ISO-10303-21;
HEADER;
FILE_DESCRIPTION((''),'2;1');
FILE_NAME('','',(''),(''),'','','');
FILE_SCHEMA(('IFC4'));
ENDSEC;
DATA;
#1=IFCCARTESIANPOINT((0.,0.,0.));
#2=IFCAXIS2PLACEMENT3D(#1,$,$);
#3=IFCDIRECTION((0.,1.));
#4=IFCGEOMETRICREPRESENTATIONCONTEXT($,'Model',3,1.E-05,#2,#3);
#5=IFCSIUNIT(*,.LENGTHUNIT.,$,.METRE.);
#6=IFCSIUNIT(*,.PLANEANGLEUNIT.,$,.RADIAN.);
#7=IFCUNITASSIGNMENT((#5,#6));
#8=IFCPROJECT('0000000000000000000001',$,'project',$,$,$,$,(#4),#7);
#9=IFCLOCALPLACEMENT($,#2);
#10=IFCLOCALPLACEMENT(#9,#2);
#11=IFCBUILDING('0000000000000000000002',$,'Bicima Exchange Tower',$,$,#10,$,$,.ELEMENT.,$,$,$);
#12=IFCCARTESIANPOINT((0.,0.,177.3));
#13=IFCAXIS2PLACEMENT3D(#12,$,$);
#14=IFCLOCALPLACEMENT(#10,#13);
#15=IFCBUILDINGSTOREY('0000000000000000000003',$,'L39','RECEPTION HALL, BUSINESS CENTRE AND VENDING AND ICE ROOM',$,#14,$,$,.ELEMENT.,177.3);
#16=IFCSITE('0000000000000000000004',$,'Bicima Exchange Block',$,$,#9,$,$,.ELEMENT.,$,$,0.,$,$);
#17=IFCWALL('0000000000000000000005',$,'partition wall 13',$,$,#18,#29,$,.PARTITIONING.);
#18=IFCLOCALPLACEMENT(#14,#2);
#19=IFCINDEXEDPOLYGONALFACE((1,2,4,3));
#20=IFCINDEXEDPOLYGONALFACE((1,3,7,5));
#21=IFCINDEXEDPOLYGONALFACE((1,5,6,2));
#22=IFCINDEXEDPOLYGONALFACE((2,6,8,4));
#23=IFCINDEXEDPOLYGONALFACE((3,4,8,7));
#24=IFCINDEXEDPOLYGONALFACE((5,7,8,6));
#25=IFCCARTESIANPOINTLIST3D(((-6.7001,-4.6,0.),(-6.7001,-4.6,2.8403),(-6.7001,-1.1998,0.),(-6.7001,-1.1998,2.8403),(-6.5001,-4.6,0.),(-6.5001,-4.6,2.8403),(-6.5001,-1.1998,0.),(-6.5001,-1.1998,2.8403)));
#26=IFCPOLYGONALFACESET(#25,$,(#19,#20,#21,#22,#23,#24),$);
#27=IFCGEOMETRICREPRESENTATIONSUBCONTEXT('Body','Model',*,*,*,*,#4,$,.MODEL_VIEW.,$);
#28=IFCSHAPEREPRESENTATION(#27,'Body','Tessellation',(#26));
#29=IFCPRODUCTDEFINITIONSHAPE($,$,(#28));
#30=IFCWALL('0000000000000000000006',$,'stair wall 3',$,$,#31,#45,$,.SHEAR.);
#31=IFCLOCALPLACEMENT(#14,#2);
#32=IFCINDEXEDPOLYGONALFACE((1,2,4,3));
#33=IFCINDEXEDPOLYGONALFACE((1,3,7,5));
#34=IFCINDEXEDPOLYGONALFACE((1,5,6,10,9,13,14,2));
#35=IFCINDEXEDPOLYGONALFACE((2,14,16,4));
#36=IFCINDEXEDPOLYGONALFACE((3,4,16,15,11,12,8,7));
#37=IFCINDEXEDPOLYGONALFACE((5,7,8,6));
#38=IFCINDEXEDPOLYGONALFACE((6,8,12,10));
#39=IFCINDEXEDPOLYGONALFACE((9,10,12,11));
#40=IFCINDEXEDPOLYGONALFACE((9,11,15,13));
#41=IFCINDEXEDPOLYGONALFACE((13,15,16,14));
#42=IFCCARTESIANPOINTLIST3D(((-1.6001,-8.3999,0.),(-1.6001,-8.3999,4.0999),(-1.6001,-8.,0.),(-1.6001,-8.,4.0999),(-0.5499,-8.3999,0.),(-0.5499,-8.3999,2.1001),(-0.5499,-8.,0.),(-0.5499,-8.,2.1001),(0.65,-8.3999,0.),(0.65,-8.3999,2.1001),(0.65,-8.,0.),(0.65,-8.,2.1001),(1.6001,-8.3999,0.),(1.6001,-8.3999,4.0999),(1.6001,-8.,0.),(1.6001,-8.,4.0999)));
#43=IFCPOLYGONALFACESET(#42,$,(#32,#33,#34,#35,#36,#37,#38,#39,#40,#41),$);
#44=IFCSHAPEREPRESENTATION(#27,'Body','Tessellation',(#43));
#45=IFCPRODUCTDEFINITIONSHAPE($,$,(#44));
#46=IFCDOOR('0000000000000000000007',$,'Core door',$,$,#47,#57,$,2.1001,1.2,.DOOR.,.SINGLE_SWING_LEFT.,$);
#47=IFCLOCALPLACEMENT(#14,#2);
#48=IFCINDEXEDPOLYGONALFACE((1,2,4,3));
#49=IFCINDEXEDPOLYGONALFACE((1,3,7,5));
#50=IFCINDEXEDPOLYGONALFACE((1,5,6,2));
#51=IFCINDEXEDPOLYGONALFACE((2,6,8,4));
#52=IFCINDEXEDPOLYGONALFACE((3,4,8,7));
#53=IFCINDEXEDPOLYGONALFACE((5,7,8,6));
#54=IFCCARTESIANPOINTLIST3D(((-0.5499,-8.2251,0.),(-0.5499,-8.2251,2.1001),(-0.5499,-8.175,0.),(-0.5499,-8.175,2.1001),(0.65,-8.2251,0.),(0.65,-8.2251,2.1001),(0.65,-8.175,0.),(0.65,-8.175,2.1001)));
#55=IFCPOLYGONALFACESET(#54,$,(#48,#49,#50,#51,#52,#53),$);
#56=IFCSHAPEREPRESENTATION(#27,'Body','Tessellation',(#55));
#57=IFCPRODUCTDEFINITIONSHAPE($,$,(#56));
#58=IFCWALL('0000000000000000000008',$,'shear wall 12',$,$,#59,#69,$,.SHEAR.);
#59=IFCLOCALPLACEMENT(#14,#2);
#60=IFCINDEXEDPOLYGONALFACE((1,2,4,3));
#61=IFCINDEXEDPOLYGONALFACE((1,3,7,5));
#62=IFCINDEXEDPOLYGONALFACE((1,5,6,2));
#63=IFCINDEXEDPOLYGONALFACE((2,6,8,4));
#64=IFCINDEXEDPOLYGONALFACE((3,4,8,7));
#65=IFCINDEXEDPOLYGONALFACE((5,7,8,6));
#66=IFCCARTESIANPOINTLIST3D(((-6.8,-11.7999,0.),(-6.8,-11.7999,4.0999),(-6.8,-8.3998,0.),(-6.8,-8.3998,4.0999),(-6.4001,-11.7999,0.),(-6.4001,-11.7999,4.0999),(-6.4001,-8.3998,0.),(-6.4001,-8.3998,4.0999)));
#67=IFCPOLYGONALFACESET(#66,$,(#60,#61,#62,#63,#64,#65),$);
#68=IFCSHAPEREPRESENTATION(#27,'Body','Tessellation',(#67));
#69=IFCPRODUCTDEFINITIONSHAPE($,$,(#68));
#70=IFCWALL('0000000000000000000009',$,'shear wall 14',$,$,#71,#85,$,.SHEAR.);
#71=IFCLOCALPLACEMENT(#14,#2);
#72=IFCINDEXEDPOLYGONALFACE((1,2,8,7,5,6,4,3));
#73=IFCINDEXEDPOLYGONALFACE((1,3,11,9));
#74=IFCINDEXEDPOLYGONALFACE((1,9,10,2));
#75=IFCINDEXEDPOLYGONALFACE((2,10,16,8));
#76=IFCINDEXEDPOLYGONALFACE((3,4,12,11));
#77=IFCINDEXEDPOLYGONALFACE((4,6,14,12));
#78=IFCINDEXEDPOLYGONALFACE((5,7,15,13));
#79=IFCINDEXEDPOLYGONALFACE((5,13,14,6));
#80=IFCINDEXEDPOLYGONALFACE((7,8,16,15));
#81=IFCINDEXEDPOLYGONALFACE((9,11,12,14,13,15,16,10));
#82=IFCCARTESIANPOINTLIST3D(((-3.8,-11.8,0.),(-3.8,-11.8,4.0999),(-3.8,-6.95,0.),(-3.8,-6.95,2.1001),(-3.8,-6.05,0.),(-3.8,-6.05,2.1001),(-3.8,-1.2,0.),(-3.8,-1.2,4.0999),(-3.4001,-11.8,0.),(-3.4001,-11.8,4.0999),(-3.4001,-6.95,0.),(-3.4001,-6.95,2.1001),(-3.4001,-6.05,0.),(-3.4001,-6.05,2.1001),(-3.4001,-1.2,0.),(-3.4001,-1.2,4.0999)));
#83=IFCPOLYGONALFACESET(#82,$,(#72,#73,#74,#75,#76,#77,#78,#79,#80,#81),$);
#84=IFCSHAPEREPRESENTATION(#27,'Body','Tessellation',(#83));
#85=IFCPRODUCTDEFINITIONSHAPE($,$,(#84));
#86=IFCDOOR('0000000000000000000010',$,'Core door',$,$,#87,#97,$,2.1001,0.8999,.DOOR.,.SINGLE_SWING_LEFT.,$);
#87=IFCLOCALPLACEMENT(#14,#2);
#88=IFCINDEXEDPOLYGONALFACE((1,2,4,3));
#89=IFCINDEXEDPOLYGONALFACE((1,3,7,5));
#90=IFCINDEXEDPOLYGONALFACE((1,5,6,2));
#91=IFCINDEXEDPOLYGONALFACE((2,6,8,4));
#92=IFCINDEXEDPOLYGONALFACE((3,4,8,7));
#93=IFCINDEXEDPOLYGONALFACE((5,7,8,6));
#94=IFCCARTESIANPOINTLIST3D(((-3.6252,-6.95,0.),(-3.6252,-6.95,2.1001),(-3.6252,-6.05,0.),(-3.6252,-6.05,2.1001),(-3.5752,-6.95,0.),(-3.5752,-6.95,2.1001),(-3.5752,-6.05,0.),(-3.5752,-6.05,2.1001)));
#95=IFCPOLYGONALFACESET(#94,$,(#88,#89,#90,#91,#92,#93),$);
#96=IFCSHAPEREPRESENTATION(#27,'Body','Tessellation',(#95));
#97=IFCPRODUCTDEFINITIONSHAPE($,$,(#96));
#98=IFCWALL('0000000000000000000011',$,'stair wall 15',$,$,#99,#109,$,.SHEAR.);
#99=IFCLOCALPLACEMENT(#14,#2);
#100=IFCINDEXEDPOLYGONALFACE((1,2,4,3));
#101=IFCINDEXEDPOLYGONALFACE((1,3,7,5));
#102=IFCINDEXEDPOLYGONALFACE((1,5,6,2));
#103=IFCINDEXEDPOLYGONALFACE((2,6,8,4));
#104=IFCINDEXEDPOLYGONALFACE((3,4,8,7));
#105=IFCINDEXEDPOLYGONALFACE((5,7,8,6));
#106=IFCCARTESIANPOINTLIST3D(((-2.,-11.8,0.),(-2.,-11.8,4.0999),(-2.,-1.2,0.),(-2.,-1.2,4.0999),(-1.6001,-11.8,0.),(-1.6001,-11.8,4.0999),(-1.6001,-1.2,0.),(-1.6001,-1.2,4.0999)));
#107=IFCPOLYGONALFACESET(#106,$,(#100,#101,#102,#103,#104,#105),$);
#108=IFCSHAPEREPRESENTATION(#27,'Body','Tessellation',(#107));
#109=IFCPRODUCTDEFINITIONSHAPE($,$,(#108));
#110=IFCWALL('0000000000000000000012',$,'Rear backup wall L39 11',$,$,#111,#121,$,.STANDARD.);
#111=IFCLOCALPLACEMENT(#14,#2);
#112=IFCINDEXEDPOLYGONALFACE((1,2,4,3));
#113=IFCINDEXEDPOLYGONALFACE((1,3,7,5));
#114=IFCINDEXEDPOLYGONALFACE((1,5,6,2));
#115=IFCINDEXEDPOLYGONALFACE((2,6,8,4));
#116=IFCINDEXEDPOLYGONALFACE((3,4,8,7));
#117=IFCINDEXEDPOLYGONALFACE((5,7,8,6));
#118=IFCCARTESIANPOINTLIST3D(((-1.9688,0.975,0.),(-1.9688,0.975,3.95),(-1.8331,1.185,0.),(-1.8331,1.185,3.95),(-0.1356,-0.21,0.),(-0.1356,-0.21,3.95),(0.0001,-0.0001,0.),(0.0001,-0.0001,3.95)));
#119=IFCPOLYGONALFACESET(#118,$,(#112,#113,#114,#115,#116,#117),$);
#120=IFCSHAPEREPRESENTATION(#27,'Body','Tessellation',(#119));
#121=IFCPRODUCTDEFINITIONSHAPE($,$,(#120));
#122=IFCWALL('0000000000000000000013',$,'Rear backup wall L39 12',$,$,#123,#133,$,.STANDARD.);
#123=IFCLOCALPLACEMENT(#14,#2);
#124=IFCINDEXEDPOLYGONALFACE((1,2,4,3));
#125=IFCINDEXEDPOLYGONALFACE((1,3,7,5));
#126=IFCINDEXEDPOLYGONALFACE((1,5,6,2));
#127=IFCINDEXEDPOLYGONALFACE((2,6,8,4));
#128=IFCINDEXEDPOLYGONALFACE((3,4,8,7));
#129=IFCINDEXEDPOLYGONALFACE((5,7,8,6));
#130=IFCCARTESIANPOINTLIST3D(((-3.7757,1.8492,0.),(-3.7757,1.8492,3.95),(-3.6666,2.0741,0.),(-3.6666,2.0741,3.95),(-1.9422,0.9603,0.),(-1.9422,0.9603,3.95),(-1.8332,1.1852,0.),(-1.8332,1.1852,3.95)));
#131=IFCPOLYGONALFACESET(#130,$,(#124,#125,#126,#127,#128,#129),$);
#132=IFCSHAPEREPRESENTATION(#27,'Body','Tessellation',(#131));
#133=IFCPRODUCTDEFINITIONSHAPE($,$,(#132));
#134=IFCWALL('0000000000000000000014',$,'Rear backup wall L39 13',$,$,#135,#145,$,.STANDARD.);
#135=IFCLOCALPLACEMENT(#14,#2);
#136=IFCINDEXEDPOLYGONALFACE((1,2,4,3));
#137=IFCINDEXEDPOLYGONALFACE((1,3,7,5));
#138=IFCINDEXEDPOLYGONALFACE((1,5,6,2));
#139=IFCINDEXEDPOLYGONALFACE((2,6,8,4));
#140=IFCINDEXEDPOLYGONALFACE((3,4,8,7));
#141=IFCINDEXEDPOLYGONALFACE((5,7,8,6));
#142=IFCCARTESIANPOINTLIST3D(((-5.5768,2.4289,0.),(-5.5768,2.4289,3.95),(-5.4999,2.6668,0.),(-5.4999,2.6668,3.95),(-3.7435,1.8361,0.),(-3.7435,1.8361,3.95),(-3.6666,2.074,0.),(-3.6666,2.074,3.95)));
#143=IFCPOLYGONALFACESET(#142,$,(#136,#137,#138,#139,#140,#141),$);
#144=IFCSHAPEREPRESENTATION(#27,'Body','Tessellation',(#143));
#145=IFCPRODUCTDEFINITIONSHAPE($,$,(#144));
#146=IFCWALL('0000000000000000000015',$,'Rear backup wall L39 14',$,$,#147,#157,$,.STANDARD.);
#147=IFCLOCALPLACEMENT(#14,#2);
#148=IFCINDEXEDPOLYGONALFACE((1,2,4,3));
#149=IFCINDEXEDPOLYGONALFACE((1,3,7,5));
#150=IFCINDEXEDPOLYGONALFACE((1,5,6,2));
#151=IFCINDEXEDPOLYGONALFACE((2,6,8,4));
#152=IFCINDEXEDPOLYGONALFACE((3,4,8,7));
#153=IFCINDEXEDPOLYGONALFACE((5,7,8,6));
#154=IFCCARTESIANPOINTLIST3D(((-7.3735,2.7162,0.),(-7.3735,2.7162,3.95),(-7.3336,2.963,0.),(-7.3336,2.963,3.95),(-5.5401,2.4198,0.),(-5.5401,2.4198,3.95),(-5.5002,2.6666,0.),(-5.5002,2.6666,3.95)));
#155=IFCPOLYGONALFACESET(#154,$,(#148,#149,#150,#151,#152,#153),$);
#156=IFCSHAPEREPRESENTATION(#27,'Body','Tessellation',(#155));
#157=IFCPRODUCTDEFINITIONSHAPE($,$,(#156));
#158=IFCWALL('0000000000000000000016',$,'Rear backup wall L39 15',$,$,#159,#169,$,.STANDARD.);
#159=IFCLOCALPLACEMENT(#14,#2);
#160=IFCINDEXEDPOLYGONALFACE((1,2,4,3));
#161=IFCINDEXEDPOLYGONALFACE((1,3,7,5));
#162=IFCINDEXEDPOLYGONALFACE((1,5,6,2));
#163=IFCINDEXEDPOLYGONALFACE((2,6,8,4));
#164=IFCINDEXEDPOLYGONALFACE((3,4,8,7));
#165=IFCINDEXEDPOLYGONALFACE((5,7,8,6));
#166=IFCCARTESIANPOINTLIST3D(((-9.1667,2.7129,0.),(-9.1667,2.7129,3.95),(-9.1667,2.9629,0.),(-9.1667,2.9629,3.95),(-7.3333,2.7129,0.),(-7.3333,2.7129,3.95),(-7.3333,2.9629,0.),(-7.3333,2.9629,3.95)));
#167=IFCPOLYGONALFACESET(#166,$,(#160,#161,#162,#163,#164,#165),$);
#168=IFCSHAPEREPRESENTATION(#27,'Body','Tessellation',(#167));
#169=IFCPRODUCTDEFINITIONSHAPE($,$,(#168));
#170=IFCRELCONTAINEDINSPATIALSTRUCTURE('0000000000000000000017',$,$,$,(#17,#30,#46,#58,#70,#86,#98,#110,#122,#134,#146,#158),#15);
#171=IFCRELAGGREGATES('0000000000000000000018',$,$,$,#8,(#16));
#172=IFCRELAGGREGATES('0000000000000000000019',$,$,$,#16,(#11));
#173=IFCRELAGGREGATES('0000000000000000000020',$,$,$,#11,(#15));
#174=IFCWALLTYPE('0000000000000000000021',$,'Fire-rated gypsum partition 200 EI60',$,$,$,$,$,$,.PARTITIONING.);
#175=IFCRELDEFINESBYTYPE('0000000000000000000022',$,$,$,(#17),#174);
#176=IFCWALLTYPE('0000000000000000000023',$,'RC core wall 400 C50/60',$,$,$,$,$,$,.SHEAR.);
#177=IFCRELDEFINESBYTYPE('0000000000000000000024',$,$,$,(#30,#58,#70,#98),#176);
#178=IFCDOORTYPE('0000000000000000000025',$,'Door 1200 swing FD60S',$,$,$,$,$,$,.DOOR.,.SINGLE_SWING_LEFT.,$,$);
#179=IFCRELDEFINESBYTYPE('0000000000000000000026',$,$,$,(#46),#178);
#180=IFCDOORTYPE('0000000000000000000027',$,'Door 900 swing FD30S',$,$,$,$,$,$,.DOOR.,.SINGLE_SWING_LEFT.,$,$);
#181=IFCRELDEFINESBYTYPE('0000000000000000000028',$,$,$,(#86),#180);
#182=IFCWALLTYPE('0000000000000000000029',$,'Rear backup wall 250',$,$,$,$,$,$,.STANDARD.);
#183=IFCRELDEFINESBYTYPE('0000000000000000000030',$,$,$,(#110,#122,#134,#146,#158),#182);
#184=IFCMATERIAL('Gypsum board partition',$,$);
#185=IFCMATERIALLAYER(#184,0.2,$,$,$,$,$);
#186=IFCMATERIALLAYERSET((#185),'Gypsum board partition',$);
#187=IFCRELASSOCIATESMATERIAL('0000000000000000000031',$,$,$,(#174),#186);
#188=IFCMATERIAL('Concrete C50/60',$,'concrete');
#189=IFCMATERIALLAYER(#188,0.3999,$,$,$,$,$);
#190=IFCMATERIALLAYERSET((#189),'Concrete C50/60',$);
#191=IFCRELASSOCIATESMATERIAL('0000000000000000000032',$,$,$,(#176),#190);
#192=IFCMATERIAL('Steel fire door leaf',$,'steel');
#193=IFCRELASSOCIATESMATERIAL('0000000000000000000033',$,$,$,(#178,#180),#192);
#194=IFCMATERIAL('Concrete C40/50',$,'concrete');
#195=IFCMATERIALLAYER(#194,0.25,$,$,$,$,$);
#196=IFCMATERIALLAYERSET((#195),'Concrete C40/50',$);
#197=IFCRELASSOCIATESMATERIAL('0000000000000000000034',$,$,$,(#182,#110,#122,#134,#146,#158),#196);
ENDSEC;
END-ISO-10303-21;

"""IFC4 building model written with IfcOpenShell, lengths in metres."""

from ifc_helpers import new_model, si_unit, direction, frame, frame_2d, origin, place, context, subcontext, project, spatial, rectangle, extrude, material, layer, layer_set, layer_usage, type_object, element, fill, save


model = new_model("IFC4")

# Units and contexts
model_context = context("Model", 3, precision=1e-05, world=origin(), true_north=direction((0.0, 1.0)))
body_context = subcontext(model_context, "Body", "Model", "MODEL_VIEW")
ifc_project = project(units=[si_unit("LENGTHUNIT", "METRE"), si_unit("PLANEANGLEUNIT", "RADIAN")], contexts=[model_context])

# Site, building, storey
site_placement = place(None, origin())
site = spatial("IfcSite", under=ifc_project, at=site_placement, Name="Bicima Exchange Block", CompositionType="ELEMENT", RefElevation=0.0)
building_placement = place(site_placement, origin())
building = spatial("IfcBuilding", under=site, at=building_placement, Name="Bicima Exchange Tower", CompositionType="ELEMENT")
storey_placement = place(building_placement, frame((0.0, 0.0, 177.3)))
storey = spatial("IfcBuildingStorey", under=building, at=storey_placement, Name="L39", Description="RECEPTION HALL, BUSINESS CENTRE AND VENDING AND ICE ROOM", CompositionType="ELEMENT", Elevation=177.3)

# Shared definitions
ifc_material_1 = material(Name="Concrete C40/50", Category="concrete")

# Wall
ifc_material_2 = material(Name="Gypsum board partition")
ifc_layer_1 = layer(ifc_material_2, 0.2)
ifc_layer_set_1 = layer_set([ifc_layer_1], Name="Gypsum board partition")
wall_type_1 = type_object("IfcWallType", Name="Fire-rated gypsum partition 200 EI60", PredefinedType="PARTITIONING", material=ifc_layer_set_1)
wall_1_placement = place(storey_placement, frame((-6.6001, -4.6001, 0.0), z_axis=(0.0, 0.0, 1.0), x_axis=(0.0, 1.0, 0.0)))
element("IfcWall", 1, at=wall_1_placement, inside=storey, type_object=wall_type_1, Name="partition wall 13", PredefinedType="PARTITIONING", context=body_context, shape_type="SweptSolid", body=[
    extrude(rectangle(XDim=3.4001, YDim=0.2, at=frame_2d((1.7002, 0.0))), origin(), (0.0, 0.0, 1.0), 2.8403),
])

# Wall, opening, door
ifc_material_3 = material(Name="Concrete C50/60", Category="concrete")
ifc_layer_2 = layer(ifc_material_3, 0.3999)
ifc_layer_set_2 = layer_set([ifc_layer_2], Name="Concrete C50/60")
wall_type_2 = type_object("IfcWallType", Name="RC core wall 400 C50/60", PredefinedType="SHEAR", material=ifc_layer_set_2)
wall_2_placement = place(storey_placement, frame((-1.6001, -8.2, 0.0), z_axis=(0.0, 0.0, 1.0), x_axis=(1.0, 0.0, 0.0)))
wall_2 = element("IfcWall", 2, at=wall_2_placement, inside=storey, type_object=wall_type_2, Name="stair wall 3", PredefinedType="SHEAR", context=body_context, shape_type="SweptSolid", body=[
    extrude(rectangle(XDim=3.2002, YDim=0.3999, at=frame_2d((1.6001, 0.0))), origin(), (0.0, 0.0, 1.0), 4.0999),
])
opening_1_placement = place(wall_2_placement, frame((1.05, 0.0, 0.0)))
opening_1 = element("IfcOpeningElement", 3, at=opening_1_placement, cuts=wall_2, PredefinedType="OPENING", context=body_context, shape_type="SweptSolid", body=[
    extrude(rectangle(XDim=1.2, YDim=2.1001, at=frame_2d((0.6001, 1.05))), frame((0.0, 0.2119, 0.0), z_axis=(0.0, -1.0, 0.0), x_axis=(1.0, 0.0, 0.0)), (0.0, 0.0, 1.0), 0.4238),
])
ifc_material_4 = material(Name="Steel fire door leaf", Category="steel")
door_type_1 = type_object("IfcDoorType", Name="Door 1200 swing FD60S", OperationType="SINGLE_SWING_LEFT", PredefinedType="DOOR", material=ifc_material_4)
door_1_placement = place(opening_1_placement, origin())
door_1 = element("IfcDoor", 4, at=door_1_placement, inside=storey, type_object=door_type_1, Name="Core door", OperationType="SINGLE_SWING_LEFT", OverallHeight=2.1001, OverallWidth=1.2, PredefinedType="DOOR", context=body_context, shape_type="SweptSolid", body=[
    extrude(rectangle(XDim=1.2, YDim=2.1001, at=frame_2d((0.6001, 1.05))), frame((0.0, 0.0249, 0.0), z_axis=(0.0, -1.0, 0.0), x_axis=(1.0, 0.0, 0.0)), (0.0, 0.0, 1.0), 0.05),
])
fill(opening_1, door_1)

# Wall
wall_3_placement = place(storey_placement, frame((-6.6001, -11.8, 0.0), z_axis=(0.0, 0.0, 1.0), x_axis=(0.0, 1.0, 0.0)))
element("IfcWall", 5, at=wall_3_placement, inside=storey, type_object=wall_type_2, Name="shear wall 12", PredefinedType="SHEAR", context=body_context, shape_type="SweptSolid", body=[
    extrude(rectangle(XDim=3.4001, YDim=0.3999, at=frame_2d((1.7002, 0.0))), origin(), (0.0, 0.0, 1.0), 4.0999),
])

# Wall, opening, door
wall_4_placement = place(storey_placement, frame((-3.6001, -11.8, 0.0), z_axis=(0.0, 0.0, 1.0), x_axis=(0.0, 1.0, 0.0)))
wall_4 = element("IfcWall", 6, at=wall_4_placement, inside=storey, type_object=wall_type_2, Name="shear wall 14", PredefinedType="SHEAR", context=body_context, shape_type="SweptSolid", body=[
    extrude(rectangle(XDim=10.6001, YDim=0.3999, at=frame_2d((5.3, 0.0))), origin(), (0.0, 0.0, 1.0), 4.0999),
])
opening_2_placement = place(wall_4_placement, frame((4.8501, 0.0, 0.0)))
opening_2 = element("IfcOpeningElement", 7, at=opening_2_placement, cuts=wall_4, PredefinedType="OPENING", context=body_context, shape_type="SweptSolid", body=[
    extrude(rectangle(XDim=0.8999, YDim=2.1001, at=frame_2d((0.45, 1.05))), frame((0.0, 0.2119, 0.0), z_axis=(0.0, -1.0, 0.0), x_axis=(1.0, 0.0, 0.0)), (0.0, 0.0, 1.0), 0.4238),
])
door_type_2 = type_object("IfcDoorType", Name="Door 900 swing FD30S", OperationType="SINGLE_SWING_LEFT", PredefinedType="DOOR", material=ifc_material_4)
door_2_placement = place(opening_2_placement, frame((0.8999, 0.0, 0.0), z_axis=(0.0, 0.0, 1.0), x_axis=(-1.0, 0.0, 0.0)))
door_2 = element("IfcDoor", 8, at=door_2_placement, inside=storey, type_object=door_type_2, Name="Core door", OperationType="SINGLE_SWING_LEFT", OverallHeight=2.1001, OverallWidth=0.8999, PredefinedType="DOOR", context=body_context, shape_type="SweptSolid", body=[
    extrude(rectangle(XDim=0.8999, YDim=2.1001, at=frame_2d((0.45, 1.05))), frame((0.0, 0.0249, 0.0), z_axis=(0.0, -1.0, 0.0), x_axis=(1.0, 0.0, 0.0)), (0.0, 0.0, 1.0), 0.05),
])
fill(opening_2, door_2)

# Walls
wall_5_placement = place(storey_placement, frame((-1.8, -11.8, 0.0), z_axis=(0.0, 0.0, 1.0), x_axis=(0.0, 1.0, 0.0)))
element("IfcWall", 9, at=wall_5_placement, inside=storey, type_object=wall_type_2, Name="stair wall 15", PredefinedType="SHEAR", context=body_context, shape_type="SweptSolid", body=[
    extrude(rectangle(XDim=10.6001, YDim=0.3999, at=frame_2d((5.3, 0.0))), origin(), (0.0, 0.0, 1.0), 4.0999),
])
ifc_layer_3 = layer(ifc_material_1, 0.25)
ifc_layer_set_3 = layer_set([ifc_layer_3], Name="Concrete C40/50")
ifc_layer_usage = layer_usage(ifc_layer_set_3, "AXIS2", "POSITIVE", -0.125)
wall_type_3 = type_object("IfcWallType", Name="Rear backup wall 250", PredefinedType="STANDARD", material=ifc_layer_set_3)
wall_6_placement = place(storey_placement, frame((-0.0679, -0.105, 0.0), z_axis=(0.0, 0.0, 1.0), x_axis=(-0.839813, 0.542876, 0.0)))
element("IfcWall", 10, at=wall_6_placement, inside=storey, type_object=wall_type_3, material=ifc_layer_usage, Name="Rear backup wall L39 11", PredefinedType="STANDARD", context=body_context, shape_type="SweptSolid", body=[
    extrude(rectangle(XDim=2.1829, YDim=0.25, at=frame_2d((1.0913, 0.0))), origin(), (0.0, 0.0, 1.0), 3.95),
])
wall_7_placement = place(storey_placement, frame((-1.8877, 1.0728, 0.0), z_axis=(0.0, 0.0, 1.0), x_axis=(-0.899824, 0.436253, 0.0)))
element("IfcWall", 11, at=wall_7_placement, inside=storey, type_object=wall_type_3, material=ifc_layer_usage, Name="Rear backup wall L39 12", PredefinedType="STANDARD", context=body_context, shape_type="SweptSolid", body=[
    extrude(rectangle(XDim=2.0376, YDim=0.25, at=frame_2d((1.0188, 0.0))), origin(), (0.0, 0.0, 1.0), 3.95),
])
wall_8_placement = place(storey_placement, frame((-3.7051, 1.9551, 0.0), z_axis=(0.0, 0.0, 1.0), x_axis=(-0.951496, 0.307662, 0.0)))
element("IfcWall", 12, at=wall_8_placement, inside=storey, type_object=wall_type_3, material=ifc_layer_usage, Name="Rear backup wall L39 13", PredefinedType="STANDARD", context=body_context, shape_type="SweptSolid", body=[
    extrude(rectangle(XDim=1.9268, YDim=0.25, at=frame_2d((0.9634, 0.0))), origin(), (0.0, 0.0, 1.0), 3.95),
])
wall_9_placement = place(storey_placement, frame((-5.52, 2.5432, 0.0), z_axis=(0.0, 0.0, 1.0), x_axis=(-0.987182, 0.1596, 0.0)))
element("IfcWall", 13, at=wall_9_placement, inside=storey, type_object=wall_type_3, material=ifc_layer_usage, Name="Rear backup wall L39 14", PredefinedType="STANDARD", context=body_context, shape_type="SweptSolid", body=[
    extrude(rectangle(XDim=1.8572, YDim=0.25, at=frame_2d((0.9287, 0.0))), origin(), (0.0, 0.0, 1.0), 3.95),
])
wall_10_placement = place(storey_placement, frame((-7.3333, 2.8379, 0.0), z_axis=(0.0, 0.0, 1.0), x_axis=(-1.0, 0.0, 0.0)))
element("IfcWall", 14, at=wall_10_placement, inside=storey, type_object=wall_type_3, material=ifc_layer_usage, Name="Rear backup wall L39 15", PredefinedType="STANDARD", context=body_context, shape_type="SweptSolid", body=[
    extrude(rectangle(XDim=1.8335, YDim=0.25, at=frame_2d((0.9167, 0.0))), origin(), (0.0, 0.0, 1.0), 3.95),
])

save(model, "model.ifc")
